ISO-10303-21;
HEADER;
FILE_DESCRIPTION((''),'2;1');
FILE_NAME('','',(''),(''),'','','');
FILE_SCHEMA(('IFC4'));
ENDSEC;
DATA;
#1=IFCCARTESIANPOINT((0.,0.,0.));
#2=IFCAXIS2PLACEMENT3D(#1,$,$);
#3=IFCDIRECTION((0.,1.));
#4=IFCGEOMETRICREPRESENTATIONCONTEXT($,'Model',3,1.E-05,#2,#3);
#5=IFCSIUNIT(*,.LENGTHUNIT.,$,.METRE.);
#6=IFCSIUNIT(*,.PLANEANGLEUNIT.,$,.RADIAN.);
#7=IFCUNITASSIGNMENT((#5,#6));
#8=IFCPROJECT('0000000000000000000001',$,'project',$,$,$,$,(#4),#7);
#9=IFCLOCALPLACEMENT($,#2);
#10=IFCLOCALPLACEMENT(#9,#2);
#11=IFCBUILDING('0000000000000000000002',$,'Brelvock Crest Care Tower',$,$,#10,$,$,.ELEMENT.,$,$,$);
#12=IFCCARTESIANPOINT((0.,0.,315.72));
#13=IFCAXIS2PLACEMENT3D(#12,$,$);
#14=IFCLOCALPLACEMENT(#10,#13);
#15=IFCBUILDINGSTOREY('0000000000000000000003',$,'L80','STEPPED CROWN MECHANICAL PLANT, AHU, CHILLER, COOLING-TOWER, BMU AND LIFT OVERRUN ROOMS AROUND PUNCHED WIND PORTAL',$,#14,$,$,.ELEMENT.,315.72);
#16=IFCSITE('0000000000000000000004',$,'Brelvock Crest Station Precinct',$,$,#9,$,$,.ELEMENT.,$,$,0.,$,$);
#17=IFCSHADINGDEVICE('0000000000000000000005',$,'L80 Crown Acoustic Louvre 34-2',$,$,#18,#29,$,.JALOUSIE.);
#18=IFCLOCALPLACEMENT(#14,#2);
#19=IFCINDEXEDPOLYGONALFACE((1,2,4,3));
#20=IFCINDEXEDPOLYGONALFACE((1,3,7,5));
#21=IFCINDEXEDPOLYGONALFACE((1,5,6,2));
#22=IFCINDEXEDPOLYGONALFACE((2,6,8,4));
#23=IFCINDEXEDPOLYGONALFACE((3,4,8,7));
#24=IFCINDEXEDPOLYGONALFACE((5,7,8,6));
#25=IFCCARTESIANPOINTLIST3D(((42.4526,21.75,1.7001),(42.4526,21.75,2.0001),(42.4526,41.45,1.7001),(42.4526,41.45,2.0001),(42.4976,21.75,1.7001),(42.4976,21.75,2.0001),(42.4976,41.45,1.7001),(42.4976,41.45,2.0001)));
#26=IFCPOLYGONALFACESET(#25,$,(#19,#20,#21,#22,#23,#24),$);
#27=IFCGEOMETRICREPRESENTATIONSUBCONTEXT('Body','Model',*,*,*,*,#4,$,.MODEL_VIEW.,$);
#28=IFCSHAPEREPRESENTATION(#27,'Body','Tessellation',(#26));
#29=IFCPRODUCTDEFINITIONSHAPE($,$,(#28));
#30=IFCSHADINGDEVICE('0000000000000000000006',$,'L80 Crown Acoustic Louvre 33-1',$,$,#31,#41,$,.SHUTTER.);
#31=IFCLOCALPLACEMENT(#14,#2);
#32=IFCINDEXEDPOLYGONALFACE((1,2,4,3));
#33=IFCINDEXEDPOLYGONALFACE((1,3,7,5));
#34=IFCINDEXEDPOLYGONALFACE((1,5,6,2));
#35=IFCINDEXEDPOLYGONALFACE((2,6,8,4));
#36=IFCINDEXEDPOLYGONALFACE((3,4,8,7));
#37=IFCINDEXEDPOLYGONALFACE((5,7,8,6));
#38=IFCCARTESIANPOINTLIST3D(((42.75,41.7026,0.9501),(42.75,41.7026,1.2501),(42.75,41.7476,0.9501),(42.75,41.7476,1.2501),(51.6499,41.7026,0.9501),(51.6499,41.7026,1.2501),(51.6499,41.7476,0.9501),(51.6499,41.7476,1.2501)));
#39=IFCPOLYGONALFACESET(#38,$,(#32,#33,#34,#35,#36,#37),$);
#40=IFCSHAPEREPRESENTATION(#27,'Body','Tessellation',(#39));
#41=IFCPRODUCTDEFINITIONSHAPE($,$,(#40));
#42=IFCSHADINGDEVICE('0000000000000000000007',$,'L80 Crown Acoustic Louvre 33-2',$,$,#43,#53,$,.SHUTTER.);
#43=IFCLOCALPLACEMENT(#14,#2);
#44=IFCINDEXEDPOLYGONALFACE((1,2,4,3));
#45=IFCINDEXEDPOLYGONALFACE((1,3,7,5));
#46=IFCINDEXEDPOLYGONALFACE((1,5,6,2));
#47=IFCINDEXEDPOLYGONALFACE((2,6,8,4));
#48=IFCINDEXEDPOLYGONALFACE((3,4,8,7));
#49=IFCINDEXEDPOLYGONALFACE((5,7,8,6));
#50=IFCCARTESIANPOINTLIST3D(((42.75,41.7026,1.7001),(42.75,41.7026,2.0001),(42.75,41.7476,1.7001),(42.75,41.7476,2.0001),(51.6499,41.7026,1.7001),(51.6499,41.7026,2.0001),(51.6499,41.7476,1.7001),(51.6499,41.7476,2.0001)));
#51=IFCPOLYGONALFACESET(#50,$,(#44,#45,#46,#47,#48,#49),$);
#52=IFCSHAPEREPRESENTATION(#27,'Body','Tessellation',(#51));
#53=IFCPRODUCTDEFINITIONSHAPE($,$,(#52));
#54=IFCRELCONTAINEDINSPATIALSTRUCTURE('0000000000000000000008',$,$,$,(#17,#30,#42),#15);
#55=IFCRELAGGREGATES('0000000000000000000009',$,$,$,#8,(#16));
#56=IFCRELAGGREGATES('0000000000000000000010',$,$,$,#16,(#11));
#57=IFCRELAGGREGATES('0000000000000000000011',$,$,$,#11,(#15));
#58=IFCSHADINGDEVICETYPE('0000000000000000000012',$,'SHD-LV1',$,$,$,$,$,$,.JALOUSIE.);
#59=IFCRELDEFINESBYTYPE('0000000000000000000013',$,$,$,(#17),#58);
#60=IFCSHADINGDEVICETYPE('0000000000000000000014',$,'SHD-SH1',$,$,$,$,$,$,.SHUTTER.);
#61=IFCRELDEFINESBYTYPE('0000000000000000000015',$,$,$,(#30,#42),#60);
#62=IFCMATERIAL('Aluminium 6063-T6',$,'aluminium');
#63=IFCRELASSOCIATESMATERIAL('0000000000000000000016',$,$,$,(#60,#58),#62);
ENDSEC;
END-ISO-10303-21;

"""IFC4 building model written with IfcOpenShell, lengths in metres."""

from ifc_helpers import new_model, si_unit, direction, frame, origin, origin_2d, place, context, subcontext, project, spatial, rectangle, extrude, source, transform, mapped, material, material_profile, profile_set, type_object, element, save


model = new_model("IFC4")

# Units and contexts
model_context = context("Model", 3, precision=1e-05, world=origin(), true_north=direction((0.0, 1.0)))
body_context = subcontext(model_context, "Body", "Model", "MODEL_VIEW")
ifc_project = project(units=[si_unit("LENGTHUNIT", "METRE"), si_unit("PLANEANGLEUNIT", "RADIAN")], contexts=[model_context])

# Site, building, storey
site_placement = place(None, origin())
site = spatial("IfcSite", under=ifc_project, at=site_placement, Name="Brelvock Crest Station Precinct", CompositionType="ELEMENT", RefElevation=0.0)
building_placement = place(site_placement, origin())
building = spatial("IfcBuilding", under=site, at=building_placement, Name="Brelvock Crest Care Tower", CompositionType="ELEMENT")
storey_placement = place(building_placement, frame((0.0, 0.0, 315.72)))
storey = spatial("IfcBuildingStorey", under=building, at=storey_placement, Name="L80", Description="STEPPED CROWN MECHANICAL PLANT, AHU, CHILLER, COOLING-TOWER, BMU AND LIFT OVERRUN ROOMS AROUND PUNCHED WIND PORTAL", CompositionType="ELEMENT", Elevation=315.72)

# Shading devices
ifc_material_1 = material(Name="Aluminium 6063-T6", Category="aluminium")
ifc_material_profile_1 = material_profile(ifc_material_1, rectangle(XDim=0.0449, YDim=0.3, at=origin_2d()), Name="LOUVRE45x300")
ifc_profile_set_1 = profile_set([ifc_material_profile_1], Name="Aluminium 6063-T6")
shading_device_type_1 = type_object("IfcShadingDeviceType", Name="SHD-SH1", PredefinedType="SHUTTER", material=ifc_profile_set_1)
ifc_material_profile_2 = material_profile(ifc_material_1, rectangle(XDim=0.0449, YDim=0.3, at=origin_2d()), Name="LOUVRE45x300")
ifc_profile_set_2 = profile_set([ifc_material_profile_2], Name="Aluminium 6063-T6")
shading_device_type_2 = type_object("IfcShadingDeviceType", Name="SHD-LV1", PredefinedType="JALOUSIE", material=ifc_profile_set_2)
shared_shape_1 = source(origin(), body_context, "Body", "SweptSolid", [
    extrude(rectangle(XDim=0.0449, YDim=0.3, at=origin_2d()), origin(), (0.0, 0.0, 1.0), 19.7),
])
for number, where, z_axis, x_axis, name in (
    (1, (42.4751, 41.45, 1.8501), (0.0, -1.0, 0.0), (1.0, 0.0, 0.0), "L80 Crown Acoustic Louvre 34-2"),
):
    element("IfcShadingDevice", number, at=place(storey_placement, frame(where, z_axis=z_axis, x_axis=x_axis)), inside=storey, type_object=shading_device_type_2, Name=name, PredefinedType="JALOUSIE", context=body_context, shape_type="MappedRepresentation", body=[
        mapped(shared_shape_1, transform((0.0, 0.0, 0.0), x_axis=(1.0, 0.0, 0.0), y_axis=(0.0, 1.0, 0.0), z_axis=(0.0, 0.0, 1.0), scale=1.0)),
    ])
shared_shape_2 = source(origin(), body_context, "Body", "SweptSolid", [
    extrude(rectangle(XDim=0.0449, YDim=0.3, at=origin_2d()), origin(), (0.0, 0.0, 1.0), 8.8999),
])
for number, where, z_axis, x_axis, name in (
    (2, (51.6499, 41.7251, 1.1001), (-1.0, 0.0, 0.0), (0.0, -1.0, 0.0), "L80 Crown Acoustic Louvre 33-1"),
    (3, (51.6499, 41.7251, 1.8501), (-1.0, 0.0, 0.0), (0.0, -1.0, 0.0), "L80 Crown Acoustic Louvre 33-2"),
):
    element("IfcShadingDevice", number, at=place(storey_placement, frame(where, z_axis=z_axis, x_axis=x_axis)), inside=storey, type_object=shading_device_type_1, Name=name, PredefinedType="SHUTTER", context=body_context, shape_type="MappedRepresentation", body=[
        mapped(shared_shape_2, transform((0.0, 0.0, 0.0), x_axis=(1.0, 0.0, 0.0), y_axis=(0.0, 1.0, 0.0), z_axis=(0.0, 0.0, 1.0), scale=1.0)),
    ])

save(model, "model.ifc")
